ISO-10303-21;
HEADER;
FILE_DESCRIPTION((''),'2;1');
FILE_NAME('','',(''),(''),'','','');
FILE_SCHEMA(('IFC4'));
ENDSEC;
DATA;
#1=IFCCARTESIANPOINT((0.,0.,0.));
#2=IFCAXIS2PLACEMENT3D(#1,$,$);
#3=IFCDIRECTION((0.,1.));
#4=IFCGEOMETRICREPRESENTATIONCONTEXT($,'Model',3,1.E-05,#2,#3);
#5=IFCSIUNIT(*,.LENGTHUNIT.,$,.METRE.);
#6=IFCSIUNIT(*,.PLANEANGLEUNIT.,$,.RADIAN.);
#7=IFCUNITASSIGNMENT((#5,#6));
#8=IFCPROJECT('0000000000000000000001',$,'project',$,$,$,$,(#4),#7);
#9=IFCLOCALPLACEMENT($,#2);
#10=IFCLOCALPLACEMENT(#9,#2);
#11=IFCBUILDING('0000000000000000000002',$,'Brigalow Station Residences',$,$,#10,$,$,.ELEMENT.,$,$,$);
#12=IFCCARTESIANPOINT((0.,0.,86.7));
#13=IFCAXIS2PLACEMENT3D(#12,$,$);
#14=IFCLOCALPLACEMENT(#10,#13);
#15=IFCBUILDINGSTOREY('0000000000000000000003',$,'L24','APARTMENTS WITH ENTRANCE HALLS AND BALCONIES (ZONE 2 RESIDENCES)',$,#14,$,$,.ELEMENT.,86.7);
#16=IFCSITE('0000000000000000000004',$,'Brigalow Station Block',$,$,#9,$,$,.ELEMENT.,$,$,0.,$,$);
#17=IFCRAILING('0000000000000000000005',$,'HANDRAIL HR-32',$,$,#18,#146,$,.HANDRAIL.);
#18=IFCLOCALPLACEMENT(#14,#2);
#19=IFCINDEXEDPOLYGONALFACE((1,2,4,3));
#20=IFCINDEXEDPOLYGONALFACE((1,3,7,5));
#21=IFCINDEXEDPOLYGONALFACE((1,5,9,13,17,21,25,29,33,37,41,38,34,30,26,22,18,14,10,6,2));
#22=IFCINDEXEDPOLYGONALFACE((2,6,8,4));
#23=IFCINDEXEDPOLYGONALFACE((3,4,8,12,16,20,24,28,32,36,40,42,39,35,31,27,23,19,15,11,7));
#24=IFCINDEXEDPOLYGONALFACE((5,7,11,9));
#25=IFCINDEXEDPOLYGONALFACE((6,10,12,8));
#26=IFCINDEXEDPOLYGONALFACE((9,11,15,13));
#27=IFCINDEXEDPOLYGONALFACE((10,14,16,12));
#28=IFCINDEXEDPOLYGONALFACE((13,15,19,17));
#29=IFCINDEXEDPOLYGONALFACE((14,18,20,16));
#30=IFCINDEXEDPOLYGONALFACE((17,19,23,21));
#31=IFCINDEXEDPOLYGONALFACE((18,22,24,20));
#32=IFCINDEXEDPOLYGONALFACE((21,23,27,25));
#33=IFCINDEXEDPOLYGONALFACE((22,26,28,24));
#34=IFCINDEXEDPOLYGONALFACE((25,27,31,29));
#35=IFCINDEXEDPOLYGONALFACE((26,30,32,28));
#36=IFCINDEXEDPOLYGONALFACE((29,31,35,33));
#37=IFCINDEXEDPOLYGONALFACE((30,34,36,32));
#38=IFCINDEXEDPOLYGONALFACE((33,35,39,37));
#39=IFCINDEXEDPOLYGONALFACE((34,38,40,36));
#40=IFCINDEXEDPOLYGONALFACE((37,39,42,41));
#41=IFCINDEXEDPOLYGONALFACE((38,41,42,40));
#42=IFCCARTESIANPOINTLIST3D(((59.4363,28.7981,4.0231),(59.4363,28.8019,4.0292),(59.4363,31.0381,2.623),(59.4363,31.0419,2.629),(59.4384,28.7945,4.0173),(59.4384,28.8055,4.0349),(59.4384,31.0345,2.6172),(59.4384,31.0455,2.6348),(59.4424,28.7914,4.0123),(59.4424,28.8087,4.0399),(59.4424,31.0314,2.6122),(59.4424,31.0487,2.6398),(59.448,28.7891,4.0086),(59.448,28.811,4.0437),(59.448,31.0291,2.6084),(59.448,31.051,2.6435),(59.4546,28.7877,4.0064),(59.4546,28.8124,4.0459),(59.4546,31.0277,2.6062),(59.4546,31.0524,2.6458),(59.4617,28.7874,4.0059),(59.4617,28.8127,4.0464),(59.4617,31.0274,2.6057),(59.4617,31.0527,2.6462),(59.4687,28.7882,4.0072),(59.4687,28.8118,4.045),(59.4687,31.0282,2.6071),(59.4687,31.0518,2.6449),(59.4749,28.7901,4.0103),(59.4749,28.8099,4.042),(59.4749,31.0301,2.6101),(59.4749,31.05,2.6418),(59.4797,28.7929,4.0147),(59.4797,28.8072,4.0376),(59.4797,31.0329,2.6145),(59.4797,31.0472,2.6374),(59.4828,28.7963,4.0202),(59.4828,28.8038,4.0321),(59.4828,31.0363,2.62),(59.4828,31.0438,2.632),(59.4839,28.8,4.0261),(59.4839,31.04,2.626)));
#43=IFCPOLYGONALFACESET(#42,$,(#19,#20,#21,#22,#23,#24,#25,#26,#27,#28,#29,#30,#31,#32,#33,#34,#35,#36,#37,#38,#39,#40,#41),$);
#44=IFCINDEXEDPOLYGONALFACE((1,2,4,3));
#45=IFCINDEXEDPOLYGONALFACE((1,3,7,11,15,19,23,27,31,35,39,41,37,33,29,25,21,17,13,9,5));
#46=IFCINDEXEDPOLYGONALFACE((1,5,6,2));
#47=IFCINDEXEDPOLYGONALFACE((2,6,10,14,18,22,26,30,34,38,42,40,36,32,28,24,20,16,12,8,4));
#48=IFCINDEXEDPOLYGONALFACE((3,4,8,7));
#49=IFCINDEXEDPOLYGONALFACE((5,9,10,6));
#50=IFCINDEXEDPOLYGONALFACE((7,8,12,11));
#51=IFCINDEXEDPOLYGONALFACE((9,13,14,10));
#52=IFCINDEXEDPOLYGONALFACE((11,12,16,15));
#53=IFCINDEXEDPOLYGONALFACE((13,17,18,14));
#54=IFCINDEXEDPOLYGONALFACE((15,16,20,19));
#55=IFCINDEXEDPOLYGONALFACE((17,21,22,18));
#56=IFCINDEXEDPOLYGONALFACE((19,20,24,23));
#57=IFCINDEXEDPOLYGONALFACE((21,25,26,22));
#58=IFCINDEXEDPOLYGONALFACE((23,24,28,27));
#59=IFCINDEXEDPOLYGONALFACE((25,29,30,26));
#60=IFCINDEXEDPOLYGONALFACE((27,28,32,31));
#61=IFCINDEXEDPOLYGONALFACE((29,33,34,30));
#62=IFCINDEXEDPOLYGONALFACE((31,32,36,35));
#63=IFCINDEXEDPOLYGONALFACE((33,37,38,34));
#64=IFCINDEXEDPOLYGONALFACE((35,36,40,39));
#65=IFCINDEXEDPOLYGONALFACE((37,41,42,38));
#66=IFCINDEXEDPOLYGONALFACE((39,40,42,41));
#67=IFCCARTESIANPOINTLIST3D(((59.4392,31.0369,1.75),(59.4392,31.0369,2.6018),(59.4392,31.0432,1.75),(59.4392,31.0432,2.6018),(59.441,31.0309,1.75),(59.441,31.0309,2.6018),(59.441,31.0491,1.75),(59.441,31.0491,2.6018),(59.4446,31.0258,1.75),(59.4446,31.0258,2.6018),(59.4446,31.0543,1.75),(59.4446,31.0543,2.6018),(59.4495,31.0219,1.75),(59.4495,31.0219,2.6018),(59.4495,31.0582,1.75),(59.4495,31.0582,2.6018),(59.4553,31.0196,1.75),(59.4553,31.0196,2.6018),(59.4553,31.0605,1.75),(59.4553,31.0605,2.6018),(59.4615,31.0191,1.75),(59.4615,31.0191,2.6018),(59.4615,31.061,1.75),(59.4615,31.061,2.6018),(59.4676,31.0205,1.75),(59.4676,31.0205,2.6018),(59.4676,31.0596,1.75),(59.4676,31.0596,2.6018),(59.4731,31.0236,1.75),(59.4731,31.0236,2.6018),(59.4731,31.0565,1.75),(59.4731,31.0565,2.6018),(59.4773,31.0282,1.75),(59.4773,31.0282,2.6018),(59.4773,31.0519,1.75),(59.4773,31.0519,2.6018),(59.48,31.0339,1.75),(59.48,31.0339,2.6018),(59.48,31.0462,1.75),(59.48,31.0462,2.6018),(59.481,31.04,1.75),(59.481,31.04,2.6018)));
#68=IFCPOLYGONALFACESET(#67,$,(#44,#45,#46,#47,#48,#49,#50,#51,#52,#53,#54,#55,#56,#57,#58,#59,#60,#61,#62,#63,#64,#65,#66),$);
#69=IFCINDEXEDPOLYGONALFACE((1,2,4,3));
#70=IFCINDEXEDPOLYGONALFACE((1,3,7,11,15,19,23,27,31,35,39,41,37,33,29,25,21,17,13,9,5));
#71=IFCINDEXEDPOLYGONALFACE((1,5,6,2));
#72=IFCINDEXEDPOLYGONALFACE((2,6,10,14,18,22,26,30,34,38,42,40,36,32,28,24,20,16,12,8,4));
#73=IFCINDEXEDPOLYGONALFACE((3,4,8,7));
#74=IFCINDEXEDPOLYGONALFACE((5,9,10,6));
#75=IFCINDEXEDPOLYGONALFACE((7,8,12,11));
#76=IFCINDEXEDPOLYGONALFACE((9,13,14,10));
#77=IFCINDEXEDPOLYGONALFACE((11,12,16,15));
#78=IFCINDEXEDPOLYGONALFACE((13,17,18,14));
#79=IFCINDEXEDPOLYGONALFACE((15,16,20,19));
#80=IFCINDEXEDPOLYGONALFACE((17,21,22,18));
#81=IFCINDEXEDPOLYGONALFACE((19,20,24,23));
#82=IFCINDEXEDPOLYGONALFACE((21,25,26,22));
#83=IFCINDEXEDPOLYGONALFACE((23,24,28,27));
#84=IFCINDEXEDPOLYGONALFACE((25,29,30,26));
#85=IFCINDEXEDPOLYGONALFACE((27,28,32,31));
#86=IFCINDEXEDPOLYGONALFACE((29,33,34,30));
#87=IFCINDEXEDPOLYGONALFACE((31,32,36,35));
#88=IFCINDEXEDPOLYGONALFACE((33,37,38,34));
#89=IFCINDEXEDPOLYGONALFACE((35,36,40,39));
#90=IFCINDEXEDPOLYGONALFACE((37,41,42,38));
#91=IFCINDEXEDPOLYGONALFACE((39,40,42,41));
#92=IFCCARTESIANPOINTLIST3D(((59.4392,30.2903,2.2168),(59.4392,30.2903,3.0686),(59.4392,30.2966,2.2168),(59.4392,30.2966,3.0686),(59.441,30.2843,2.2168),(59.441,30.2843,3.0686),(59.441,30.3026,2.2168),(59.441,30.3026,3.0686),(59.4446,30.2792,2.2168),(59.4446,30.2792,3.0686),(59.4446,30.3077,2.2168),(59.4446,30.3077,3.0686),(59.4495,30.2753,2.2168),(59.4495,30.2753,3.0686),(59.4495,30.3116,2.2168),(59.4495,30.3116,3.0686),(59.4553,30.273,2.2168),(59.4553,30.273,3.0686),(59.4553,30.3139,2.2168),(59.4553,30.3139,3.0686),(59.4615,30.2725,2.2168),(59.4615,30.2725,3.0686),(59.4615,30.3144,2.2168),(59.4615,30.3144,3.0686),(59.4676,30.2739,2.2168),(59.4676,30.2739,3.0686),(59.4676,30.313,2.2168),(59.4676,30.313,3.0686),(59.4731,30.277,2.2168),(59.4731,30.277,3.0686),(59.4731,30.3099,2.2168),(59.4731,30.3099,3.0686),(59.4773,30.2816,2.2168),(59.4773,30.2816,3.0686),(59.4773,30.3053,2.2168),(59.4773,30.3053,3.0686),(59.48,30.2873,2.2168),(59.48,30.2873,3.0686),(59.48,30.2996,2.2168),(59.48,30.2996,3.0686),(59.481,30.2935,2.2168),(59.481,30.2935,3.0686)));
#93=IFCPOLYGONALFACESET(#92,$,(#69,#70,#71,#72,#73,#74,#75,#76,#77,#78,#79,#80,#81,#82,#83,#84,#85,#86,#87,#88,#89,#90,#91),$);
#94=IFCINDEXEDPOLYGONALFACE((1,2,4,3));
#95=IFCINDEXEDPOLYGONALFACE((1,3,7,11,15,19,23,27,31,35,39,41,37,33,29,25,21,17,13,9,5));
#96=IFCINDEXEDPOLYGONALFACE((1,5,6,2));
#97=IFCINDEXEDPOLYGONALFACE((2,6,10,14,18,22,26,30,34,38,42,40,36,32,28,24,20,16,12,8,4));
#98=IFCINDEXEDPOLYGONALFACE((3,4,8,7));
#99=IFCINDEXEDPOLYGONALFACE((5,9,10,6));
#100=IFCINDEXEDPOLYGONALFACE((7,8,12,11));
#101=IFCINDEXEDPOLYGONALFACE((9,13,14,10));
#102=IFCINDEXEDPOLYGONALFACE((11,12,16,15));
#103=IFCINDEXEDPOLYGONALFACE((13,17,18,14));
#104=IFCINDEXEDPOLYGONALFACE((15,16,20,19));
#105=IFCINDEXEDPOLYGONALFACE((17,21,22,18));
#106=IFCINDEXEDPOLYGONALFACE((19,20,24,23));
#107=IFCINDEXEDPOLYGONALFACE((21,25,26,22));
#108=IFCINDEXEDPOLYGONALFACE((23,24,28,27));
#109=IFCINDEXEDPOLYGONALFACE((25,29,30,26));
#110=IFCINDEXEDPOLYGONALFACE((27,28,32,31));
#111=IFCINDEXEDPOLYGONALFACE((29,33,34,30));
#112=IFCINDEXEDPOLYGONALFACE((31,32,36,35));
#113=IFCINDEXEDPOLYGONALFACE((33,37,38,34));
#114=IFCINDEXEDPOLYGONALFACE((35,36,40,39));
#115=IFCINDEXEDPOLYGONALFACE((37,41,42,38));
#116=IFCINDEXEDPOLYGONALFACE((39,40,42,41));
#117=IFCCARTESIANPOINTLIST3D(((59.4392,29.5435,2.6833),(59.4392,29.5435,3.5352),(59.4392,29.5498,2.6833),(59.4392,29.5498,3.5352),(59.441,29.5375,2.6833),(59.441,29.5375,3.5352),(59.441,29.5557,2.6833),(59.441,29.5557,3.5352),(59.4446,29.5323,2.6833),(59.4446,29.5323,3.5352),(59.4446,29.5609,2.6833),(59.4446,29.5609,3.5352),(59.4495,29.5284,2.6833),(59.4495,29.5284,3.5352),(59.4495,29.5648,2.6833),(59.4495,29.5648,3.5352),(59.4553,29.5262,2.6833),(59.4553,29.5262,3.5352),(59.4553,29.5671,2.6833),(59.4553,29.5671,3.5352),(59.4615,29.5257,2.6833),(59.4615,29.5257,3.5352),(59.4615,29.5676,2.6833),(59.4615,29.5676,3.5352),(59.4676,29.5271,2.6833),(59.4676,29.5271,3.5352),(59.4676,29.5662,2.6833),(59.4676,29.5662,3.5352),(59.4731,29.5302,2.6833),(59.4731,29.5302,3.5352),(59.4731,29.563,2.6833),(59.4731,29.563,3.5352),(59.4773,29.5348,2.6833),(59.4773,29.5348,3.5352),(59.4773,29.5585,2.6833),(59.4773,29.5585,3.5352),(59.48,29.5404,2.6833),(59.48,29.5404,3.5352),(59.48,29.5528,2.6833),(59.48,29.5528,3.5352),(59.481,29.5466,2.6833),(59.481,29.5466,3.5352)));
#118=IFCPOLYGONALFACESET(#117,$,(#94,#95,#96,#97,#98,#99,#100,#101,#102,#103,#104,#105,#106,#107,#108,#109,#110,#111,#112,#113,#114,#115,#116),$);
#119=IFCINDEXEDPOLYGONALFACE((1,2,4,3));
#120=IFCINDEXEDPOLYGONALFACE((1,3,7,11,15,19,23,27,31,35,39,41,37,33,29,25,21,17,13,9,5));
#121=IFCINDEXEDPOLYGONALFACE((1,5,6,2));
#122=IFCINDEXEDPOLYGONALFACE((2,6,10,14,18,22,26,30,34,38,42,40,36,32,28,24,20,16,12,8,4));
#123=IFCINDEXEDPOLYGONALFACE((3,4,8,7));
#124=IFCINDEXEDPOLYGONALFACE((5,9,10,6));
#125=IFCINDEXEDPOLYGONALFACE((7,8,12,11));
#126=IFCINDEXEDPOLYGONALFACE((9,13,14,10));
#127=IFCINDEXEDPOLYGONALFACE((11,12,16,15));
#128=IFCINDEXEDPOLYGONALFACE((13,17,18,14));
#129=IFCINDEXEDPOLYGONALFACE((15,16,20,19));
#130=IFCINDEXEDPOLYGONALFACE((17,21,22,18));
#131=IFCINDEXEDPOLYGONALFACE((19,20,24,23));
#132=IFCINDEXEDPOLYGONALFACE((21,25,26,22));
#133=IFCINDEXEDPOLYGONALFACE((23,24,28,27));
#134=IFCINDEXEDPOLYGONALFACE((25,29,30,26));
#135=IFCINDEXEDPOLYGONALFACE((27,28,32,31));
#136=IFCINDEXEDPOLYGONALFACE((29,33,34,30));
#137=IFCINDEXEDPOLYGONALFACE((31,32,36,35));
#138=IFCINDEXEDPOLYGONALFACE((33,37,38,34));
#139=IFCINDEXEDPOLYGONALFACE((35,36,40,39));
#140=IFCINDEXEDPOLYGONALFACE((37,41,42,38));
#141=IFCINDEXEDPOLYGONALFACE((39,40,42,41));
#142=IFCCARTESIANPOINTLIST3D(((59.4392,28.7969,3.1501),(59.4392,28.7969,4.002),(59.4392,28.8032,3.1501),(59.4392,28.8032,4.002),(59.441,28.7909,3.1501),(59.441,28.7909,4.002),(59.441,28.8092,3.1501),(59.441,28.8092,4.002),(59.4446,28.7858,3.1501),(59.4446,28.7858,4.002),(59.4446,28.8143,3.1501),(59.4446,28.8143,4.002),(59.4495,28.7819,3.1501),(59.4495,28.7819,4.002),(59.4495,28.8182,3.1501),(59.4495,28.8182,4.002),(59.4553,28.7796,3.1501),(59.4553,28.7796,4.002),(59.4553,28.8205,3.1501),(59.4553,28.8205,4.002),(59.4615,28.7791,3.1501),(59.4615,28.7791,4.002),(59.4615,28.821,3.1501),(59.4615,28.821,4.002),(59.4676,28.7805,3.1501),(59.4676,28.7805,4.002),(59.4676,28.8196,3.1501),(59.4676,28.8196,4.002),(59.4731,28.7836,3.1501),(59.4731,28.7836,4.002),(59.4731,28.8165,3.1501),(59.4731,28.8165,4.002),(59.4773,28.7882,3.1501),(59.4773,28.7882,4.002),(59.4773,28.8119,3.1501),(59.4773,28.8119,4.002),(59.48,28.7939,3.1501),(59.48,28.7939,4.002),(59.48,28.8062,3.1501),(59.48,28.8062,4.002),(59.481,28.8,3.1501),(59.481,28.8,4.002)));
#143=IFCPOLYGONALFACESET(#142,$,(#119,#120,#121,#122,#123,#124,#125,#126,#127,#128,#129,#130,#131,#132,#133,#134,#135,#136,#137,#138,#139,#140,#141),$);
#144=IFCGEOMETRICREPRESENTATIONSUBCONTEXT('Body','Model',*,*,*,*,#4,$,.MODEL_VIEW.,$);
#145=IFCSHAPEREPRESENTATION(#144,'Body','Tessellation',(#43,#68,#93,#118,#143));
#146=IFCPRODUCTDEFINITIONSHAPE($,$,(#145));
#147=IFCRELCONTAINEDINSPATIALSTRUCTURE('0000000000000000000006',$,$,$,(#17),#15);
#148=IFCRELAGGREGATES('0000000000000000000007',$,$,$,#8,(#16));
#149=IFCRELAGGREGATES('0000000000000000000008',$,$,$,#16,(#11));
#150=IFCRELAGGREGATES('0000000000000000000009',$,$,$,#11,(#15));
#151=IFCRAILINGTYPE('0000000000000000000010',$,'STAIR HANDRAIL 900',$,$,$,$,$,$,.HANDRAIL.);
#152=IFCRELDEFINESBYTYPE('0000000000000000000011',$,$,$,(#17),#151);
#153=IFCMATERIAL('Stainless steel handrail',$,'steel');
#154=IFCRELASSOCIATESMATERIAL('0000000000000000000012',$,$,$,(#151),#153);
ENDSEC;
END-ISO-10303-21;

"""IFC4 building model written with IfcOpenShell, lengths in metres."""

from ifc_helpers import new_model, si_unit, direction, frame, origin, origin_2d, place, context, subcontext, project, spatial, circle, extrude, material, type_object, element, save


model = new_model("IFC4")

# Units and contexts
model_context = context("Model", 3, precision=1e-05, world=origin(), true_north=direction((0.0, 1.0)))
body_context = subcontext(model_context, "Body", "Model", "MODEL_VIEW")
ifc_project = project(units=[si_unit("LENGTHUNIT", "METRE"), si_unit("PLANEANGLEUNIT", "RADIAN")], contexts=[model_context])

# Site, building, storey
site_placement = place(None, origin())
site = spatial("IfcSite", under=ifc_project, at=site_placement, Name="Brigalow Station Block", CompositionType="ELEMENT", RefElevation=0.0)
building_placement = place(site_placement, origin())
building = spatial("IfcBuilding", under=site, at=building_placement, Name="Brigalow Station Residences", CompositionType="ELEMENT")
storey_placement = place(building_placement, frame((0.0, 0.0, 86.7)))
storey = spatial("IfcBuildingStorey", under=building, at=storey_placement, Name="L24", Description="APARTMENTS WITH ENTRANCE HALLS AND BALCONIES (ZONE 2 RESIDENCES)", CompositionType="ELEMENT", Elevation=86.7)

# Railing
ifc_material_1 = material(Name="Stainless steel handrail", Category="steel")
railing_type = type_object("IfcRailingType", Name="STAIR HANDRAIL 900", PredefinedType="HANDRAIL", material=ifc_material_1)
railing_placement = place(storey_placement, frame((59.46, 31.04, 1.75)))
element("IfcRailing", 1, at=railing_placement, inside=storey, type_object=railing_type, Name="HANDRAIL HR-32", PredefinedType="HANDRAIL", context=body_context, shape_type="SweptSolid", body=[
    extrude(circle(Radius=0.0239, at=origin_2d()), frame((0.0, 0.0, 0.876), z_axis=(0.0, -0.847972, 0.53004), x_axis=(1.0, 0.0, 0.0)), (0.0, 0.0, 1.0), 2.6416),
    extrude(circle(Radius=0.021, at=origin_2d()), origin(), (0.0, 0.0, 1.0), 0.8518),
    extrude(circle(Radius=0.021, at=origin_2d()), frame((0.0, -0.7466, 0.4668)), (0.0, 0.0, 1.0), 0.8518),
    extrude(circle(Radius=0.021, at=origin_2d()), frame((0.0, -1.4934, 0.9333)), (0.0, 0.0, 1.0), 0.8518),
    extrude(circle(Radius=0.021, at=origin_2d()), frame((0.0, -2.24, 1.4001)), (0.0, 0.0, 1.0), 0.8518),
])

save(model, "model.ifc")
